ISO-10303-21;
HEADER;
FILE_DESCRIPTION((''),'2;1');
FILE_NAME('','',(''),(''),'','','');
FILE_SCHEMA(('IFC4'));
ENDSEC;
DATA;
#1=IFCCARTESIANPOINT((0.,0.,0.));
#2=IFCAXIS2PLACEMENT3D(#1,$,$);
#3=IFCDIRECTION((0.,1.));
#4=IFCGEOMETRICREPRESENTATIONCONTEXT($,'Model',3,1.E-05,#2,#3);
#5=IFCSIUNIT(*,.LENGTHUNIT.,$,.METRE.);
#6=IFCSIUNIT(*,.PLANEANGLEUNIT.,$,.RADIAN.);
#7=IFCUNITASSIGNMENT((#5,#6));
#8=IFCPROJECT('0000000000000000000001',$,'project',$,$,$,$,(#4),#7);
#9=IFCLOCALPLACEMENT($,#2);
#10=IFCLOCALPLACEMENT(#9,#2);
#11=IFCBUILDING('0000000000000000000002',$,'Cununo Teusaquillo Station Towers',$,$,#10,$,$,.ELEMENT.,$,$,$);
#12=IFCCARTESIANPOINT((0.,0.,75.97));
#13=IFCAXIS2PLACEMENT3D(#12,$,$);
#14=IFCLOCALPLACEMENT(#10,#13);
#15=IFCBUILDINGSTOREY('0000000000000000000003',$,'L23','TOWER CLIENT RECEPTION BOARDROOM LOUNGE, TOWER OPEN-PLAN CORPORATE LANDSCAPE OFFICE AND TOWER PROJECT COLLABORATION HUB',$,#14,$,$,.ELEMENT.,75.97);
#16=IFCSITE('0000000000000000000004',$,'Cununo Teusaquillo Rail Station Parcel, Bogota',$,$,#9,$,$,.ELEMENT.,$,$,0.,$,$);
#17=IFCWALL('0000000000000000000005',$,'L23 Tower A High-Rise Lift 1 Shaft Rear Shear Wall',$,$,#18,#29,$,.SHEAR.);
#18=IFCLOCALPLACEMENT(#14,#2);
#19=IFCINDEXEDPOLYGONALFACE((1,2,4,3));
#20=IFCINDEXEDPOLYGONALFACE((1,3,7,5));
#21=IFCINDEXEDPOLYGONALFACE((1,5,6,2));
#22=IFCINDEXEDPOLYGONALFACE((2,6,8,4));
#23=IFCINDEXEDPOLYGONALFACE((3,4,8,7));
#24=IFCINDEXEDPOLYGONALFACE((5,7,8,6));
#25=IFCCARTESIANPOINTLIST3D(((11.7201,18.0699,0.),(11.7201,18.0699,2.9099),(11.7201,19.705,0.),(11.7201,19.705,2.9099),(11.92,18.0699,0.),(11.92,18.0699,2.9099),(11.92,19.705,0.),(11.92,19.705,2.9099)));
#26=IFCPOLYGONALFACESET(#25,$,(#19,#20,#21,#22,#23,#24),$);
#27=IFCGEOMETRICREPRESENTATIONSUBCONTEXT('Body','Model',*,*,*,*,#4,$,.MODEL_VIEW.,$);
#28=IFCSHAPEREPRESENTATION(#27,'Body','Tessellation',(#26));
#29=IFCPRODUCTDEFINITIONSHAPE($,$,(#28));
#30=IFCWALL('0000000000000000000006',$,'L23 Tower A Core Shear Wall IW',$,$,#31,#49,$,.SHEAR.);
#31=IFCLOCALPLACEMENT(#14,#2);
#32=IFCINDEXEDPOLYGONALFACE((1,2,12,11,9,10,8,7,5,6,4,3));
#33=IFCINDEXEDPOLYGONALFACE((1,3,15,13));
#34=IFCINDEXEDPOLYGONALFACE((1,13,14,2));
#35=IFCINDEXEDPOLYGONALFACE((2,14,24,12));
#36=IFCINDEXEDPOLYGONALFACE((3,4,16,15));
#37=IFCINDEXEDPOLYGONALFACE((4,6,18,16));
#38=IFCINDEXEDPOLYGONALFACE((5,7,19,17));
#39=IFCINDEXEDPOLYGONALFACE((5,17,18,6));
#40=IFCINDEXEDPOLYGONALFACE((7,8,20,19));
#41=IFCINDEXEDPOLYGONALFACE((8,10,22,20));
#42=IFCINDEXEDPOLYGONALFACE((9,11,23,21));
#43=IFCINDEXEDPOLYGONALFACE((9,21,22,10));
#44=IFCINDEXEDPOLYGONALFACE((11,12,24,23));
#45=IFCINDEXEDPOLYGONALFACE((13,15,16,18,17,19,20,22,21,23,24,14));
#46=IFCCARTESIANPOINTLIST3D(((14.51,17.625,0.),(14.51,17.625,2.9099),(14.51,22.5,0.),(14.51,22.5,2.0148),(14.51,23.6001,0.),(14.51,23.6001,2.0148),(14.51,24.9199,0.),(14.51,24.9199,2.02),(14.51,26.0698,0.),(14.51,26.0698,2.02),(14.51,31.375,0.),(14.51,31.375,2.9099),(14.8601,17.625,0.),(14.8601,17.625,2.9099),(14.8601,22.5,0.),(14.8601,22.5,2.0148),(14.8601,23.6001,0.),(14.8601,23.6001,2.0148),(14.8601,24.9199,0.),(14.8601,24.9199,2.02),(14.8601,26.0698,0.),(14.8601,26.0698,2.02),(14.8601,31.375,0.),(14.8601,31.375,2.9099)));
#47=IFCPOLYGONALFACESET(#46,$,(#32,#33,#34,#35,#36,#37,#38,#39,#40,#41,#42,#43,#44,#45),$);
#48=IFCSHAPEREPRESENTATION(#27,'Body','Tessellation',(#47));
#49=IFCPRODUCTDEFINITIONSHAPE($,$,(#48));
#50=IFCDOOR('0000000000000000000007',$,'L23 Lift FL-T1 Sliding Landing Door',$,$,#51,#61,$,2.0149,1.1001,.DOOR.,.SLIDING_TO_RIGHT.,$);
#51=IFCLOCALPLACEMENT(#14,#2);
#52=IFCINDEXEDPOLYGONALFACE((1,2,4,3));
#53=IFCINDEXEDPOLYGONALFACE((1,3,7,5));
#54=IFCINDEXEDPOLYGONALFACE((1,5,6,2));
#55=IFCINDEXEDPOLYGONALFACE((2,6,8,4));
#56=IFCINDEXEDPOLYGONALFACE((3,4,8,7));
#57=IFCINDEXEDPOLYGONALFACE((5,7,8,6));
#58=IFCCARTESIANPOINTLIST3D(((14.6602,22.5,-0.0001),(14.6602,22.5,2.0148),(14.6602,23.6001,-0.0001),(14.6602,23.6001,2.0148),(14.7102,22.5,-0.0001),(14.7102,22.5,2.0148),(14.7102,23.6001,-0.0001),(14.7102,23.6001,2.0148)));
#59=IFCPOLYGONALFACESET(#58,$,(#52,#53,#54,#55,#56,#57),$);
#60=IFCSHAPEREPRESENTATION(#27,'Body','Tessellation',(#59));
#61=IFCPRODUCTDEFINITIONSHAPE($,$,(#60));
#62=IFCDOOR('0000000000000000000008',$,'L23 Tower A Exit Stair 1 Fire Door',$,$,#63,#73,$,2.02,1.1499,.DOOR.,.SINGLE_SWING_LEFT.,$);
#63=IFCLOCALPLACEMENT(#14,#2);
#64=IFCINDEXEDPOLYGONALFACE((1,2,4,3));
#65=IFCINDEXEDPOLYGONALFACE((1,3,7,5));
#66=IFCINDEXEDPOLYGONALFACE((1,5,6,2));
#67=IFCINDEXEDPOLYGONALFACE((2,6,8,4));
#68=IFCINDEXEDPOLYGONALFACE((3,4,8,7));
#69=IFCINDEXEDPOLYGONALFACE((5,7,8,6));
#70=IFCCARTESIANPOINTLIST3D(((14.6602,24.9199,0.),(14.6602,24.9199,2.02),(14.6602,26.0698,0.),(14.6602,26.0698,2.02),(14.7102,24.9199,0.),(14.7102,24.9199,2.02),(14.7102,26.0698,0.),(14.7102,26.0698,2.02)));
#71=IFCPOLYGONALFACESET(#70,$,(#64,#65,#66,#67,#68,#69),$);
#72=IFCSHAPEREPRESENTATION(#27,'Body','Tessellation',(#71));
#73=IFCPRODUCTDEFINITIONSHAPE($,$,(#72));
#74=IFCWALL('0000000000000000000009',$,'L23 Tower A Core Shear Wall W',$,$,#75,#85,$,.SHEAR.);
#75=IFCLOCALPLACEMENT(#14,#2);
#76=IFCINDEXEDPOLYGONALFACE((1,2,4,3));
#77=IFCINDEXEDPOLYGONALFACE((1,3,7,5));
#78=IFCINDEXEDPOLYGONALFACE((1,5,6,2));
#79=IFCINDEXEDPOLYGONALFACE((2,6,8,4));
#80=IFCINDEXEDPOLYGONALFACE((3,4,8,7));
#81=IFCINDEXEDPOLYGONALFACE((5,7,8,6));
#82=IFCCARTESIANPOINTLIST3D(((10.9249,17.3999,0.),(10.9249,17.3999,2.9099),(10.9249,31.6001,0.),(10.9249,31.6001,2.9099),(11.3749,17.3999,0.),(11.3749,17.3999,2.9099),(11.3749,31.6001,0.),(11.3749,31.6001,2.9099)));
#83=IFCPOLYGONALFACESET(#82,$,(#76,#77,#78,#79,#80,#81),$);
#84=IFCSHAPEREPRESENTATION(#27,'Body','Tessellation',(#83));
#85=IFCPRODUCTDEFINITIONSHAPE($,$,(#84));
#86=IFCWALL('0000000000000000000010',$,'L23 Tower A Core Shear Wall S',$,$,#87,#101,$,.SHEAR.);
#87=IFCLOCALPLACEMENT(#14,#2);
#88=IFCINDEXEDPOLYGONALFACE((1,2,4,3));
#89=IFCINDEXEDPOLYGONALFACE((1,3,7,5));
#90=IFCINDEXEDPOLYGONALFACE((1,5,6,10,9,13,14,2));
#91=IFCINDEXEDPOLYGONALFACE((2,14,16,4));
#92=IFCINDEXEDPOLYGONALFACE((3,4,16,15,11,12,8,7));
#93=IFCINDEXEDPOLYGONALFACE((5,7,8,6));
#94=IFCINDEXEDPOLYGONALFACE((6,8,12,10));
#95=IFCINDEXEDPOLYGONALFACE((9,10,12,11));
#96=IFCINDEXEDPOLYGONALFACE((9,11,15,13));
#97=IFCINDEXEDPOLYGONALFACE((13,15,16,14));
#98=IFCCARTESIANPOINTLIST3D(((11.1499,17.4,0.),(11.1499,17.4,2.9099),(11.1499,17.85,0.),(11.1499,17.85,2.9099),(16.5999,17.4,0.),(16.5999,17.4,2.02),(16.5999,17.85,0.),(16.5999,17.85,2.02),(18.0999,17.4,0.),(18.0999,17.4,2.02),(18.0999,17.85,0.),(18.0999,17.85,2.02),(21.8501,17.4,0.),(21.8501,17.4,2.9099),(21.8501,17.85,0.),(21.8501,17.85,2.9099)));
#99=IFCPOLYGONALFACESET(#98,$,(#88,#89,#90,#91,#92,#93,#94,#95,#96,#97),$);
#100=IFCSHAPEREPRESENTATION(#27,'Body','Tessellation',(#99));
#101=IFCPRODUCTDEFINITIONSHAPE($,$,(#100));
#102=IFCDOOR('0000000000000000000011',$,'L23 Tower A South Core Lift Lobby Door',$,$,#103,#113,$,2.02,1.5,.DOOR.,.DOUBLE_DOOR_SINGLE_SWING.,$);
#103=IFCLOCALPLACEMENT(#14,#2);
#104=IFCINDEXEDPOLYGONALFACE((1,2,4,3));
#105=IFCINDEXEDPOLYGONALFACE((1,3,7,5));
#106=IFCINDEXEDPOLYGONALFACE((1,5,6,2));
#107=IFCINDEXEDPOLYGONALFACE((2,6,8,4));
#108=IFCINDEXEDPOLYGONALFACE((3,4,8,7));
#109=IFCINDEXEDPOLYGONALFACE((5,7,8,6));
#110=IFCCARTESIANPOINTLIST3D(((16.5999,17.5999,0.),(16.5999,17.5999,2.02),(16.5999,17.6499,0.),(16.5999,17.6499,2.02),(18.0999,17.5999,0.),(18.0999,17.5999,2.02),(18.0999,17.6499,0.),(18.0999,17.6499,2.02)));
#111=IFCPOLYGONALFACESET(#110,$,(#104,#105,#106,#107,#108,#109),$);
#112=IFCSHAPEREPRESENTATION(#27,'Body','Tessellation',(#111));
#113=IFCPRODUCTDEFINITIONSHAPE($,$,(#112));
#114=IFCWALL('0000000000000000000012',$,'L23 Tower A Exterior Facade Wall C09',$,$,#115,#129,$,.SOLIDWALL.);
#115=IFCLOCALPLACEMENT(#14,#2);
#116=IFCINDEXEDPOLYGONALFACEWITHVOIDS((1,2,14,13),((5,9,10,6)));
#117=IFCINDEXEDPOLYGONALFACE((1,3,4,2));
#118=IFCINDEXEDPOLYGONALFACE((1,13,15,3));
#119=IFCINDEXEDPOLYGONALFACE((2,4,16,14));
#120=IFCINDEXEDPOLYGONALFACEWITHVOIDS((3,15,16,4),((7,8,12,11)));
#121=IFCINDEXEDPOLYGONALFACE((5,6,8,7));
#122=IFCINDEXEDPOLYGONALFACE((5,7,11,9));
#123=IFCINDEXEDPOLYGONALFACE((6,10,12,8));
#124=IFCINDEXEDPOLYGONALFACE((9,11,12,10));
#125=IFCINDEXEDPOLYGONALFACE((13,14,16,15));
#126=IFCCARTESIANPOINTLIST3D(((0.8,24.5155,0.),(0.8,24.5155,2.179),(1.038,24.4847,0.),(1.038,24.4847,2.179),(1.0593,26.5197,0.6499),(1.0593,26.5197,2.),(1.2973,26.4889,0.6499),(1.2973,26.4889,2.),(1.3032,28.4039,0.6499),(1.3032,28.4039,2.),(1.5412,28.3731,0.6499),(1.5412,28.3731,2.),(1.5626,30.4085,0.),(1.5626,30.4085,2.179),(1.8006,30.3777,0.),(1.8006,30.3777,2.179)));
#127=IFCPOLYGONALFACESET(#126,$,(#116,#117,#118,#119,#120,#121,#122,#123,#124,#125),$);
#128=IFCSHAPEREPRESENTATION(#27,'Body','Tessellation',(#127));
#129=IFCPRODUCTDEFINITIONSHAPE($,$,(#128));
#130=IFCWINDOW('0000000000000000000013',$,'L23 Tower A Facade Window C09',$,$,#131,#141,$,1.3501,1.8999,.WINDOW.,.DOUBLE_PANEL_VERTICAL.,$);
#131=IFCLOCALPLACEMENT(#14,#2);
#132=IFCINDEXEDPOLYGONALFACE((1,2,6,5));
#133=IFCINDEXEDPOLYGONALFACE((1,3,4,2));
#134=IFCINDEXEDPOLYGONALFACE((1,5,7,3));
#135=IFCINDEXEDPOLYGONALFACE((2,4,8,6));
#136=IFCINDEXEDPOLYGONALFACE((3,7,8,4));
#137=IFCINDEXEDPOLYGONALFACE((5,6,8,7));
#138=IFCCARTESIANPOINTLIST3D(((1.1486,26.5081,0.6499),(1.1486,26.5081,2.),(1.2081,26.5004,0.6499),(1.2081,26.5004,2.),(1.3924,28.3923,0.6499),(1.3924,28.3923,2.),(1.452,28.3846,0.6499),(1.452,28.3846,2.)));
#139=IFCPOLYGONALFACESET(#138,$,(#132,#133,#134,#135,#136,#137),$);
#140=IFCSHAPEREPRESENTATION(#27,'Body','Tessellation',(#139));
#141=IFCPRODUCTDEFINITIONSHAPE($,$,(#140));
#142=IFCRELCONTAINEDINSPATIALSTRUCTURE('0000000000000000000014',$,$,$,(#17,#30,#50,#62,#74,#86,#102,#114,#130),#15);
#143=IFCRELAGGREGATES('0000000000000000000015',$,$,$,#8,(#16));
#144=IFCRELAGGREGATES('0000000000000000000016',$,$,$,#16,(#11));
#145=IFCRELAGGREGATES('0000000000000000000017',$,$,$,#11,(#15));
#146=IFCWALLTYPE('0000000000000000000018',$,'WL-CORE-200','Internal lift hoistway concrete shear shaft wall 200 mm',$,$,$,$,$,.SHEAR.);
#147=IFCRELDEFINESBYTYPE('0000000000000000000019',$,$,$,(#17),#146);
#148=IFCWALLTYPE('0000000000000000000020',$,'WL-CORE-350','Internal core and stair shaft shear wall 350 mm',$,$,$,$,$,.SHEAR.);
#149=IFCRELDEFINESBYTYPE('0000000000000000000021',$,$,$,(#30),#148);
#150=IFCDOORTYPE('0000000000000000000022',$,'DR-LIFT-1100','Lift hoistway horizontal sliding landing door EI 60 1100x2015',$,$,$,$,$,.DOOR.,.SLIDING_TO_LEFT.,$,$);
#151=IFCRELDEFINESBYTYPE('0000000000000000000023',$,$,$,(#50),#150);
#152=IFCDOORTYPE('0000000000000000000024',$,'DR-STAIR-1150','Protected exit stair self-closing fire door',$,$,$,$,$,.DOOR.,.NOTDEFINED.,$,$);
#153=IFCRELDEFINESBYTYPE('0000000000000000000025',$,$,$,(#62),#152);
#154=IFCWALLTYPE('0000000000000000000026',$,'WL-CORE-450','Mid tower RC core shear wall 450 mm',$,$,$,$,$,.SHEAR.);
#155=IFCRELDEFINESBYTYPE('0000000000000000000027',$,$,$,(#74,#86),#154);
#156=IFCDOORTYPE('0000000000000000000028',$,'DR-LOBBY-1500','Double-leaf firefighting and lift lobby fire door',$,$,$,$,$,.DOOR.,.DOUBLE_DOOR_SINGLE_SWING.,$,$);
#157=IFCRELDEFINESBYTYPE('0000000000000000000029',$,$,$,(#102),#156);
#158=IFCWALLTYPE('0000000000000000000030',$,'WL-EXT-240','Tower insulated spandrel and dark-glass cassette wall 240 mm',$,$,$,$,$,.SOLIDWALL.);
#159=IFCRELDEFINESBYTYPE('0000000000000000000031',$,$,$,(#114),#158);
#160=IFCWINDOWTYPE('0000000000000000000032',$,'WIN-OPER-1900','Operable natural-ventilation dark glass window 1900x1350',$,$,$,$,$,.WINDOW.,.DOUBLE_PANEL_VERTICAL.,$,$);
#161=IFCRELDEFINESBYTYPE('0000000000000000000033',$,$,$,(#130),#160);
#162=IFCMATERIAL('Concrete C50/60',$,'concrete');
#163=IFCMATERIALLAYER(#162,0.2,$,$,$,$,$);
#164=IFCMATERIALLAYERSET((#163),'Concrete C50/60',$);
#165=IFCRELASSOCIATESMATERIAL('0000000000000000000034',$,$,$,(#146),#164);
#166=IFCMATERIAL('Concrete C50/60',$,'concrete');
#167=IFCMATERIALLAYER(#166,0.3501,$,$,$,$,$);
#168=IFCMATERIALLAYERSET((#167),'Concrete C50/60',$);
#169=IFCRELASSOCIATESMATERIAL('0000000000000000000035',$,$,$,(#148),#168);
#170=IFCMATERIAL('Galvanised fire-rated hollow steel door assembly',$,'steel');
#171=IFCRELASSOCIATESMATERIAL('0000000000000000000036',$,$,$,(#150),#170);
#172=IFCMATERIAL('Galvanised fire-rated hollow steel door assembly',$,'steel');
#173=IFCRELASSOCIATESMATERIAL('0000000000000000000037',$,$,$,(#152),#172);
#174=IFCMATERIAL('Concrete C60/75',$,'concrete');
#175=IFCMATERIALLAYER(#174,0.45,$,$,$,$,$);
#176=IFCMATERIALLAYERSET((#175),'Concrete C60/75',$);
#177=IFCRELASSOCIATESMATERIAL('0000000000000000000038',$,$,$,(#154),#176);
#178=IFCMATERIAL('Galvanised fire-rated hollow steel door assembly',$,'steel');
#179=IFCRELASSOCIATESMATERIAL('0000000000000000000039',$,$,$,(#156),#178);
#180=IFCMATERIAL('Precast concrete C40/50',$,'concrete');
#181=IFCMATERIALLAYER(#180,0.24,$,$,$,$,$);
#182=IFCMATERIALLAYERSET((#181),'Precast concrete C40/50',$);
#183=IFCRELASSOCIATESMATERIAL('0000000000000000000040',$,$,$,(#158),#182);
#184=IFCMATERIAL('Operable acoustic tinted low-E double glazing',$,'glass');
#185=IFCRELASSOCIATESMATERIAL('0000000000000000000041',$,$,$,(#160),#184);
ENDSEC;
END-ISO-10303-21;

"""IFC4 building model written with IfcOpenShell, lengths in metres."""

from ifc_helpers import new_model, si_unit, direction, frame, frame_2d, origin, place, context, subcontext, project, spatial, rectangle, extrude, source, transform, mapped, material, layer, layer_set, type_object, element, fill, save


model = new_model("IFC4")

# Units and contexts
model_context = context("Model", 3, precision=1e-05, world=origin(), true_north=direction((0.0, 1.0)))
body_context = subcontext(model_context, "Body", "Model", "MODEL_VIEW")
ifc_project = project(units=[si_unit("LENGTHUNIT", "METRE"), si_unit("PLANEANGLEUNIT", "RADIAN")], contexts=[model_context])

# Site, building, storey
site_placement = place(None, origin())
site = spatial("IfcSite", under=ifc_project, at=site_placement, Name="Cununo Teusaquillo Rail Station Parcel, Bogota", CompositionType="ELEMENT", RefElevation=0.0)
building_placement = place(site_placement, origin())
building = spatial("IfcBuilding", under=site, at=building_placement, Name="Cununo Teusaquillo Station Towers", CompositionType="ELEMENT")
storey_placement = place(building_placement, frame((0.0, 0.0, 75.97)))
storey = spatial("IfcBuildingStorey", under=building, at=storey_placement, Name="L23", Description="TOWER CLIENT RECEPTION BOARDROOM LOUNGE, TOWER OPEN-PLAN CORPORATE LANDSCAPE OFFICE AND TOWER PROJECT COLLABORATION HUB", CompositionType="ELEMENT", Elevation=75.97)

# Wall
ifc_material_1 = material(Name="Concrete C50/60", Category="concrete")
ifc_layer_1 = layer(ifc_material_1, 0.2)
ifc_layer_set_1 = layer_set([ifc_layer_1], Name="Concrete C50/60")
wall_type_1 = type_object("IfcWallType", Name="WL-CORE-200", Description="Internal lift hoistway concrete shear shaft wall 200 mm", PredefinedType="SHEAR", material=ifc_layer_set_1)
wall_1_placement = place(storey_placement, frame((11.8201, 18.0701, 0.0), z_axis=(0.0, 0.0, 1.0), x_axis=(0.0, 1.0, 0.0)))
element("IfcWall", 1, at=wall_1_placement, inside=storey, type_object=wall_type_1, Name="L23 Tower A High-Rise Lift 1 Shaft Rear Shear Wall", PredefinedType="SHEAR", context=body_context, shape_type="SweptSolid", body=[
    extrude(rectangle(XDim=1.635, YDim=0.2, at=frame_2d((0.8174, 0.0))), origin(), (0.0, 0.0, 1.0), 2.9099),
])

# Wall, openings, doors
ifc_material_2 = material(Name="Concrete C50/60", Category="concrete")
ifc_layer_2 = layer(ifc_material_2, 0.3501)
ifc_layer_set_2 = layer_set([ifc_layer_2], Name="Concrete C50/60")
wall_type_2 = type_object("IfcWallType", Name="WL-CORE-350", Description="Internal core and stair shaft shear wall 350 mm", PredefinedType="SHEAR", material=ifc_layer_set_2)
wall_2_placement = place(storey_placement, frame((14.6851, 17.625, 0.0), z_axis=(0.0, 0.0, 1.0), x_axis=(0.0, 1.0, 0.0)))
wall_2 = element("IfcWall", 2, at=wall_2_placement, inside=storey, type_object=wall_type_2, Name="L23 Tower A Core Shear Wall IW", PredefinedType="SHEAR", context=body_context, shape_type="SweptSolid", body=[
    extrude(rectangle(XDim=13.75, YDim=0.3501, at=frame_2d((6.875, 0.0))), origin(), (0.0, 0.0, 1.0), 2.9099),
])
shared_shape_1 = source(origin(), body_context, "Body", "SweptSolid", [
    extrude(rectangle(XDim=1.1001, YDim=2.0149, at=frame_2d((0.55, 1.0073))), frame((0.0, 0.1851, 0.0), z_axis=(0.0, -1.0, 0.0), x_axis=(1.0, 0.0, 0.0)), (0.0, 0.0, 1.0), 0.3701),
])
opening_1_placement = place(wall_2_placement, frame((4.875, 0.0, 0.0)))
opening_1 = element("IfcOpeningElement", 3, at=opening_1_placement, cuts=wall_2, PredefinedType="OPENING", context=body_context, shape_type="MappedRepresentation", body=[
    mapped(shared_shape_1, transform((0.0, 0.0, 0.0), x_axis=(1.0, 0.0, 0.0), y_axis=(0.0, 1.0, 0.0), z_axis=(0.0, 0.0, 1.0), scale=1.0)),
])
shared_shape_2 = source(origin(), body_context, "Body", "SweptSolid", [
    extrude(rectangle(XDim=1.1499, YDim=2.02, at=frame_2d((0.575, 1.01))), frame((0.0, 0.1851, 0.0), z_axis=(0.0, -1.0, 0.0), x_axis=(1.0, 0.0, 0.0)), (0.0, 0.0, 1.0), 0.3701),
])
opening_2_placement = place(wall_2_placement, frame((7.2949, 0.0, 0.0)))
opening_2 = element("IfcOpeningElement", 4, at=opening_2_placement, cuts=wall_2, PredefinedType="OPENING", context=body_context, shape_type="MappedRepresentation", body=[
    mapped(shared_shape_2, transform((0.0, 0.0, 0.0), x_axis=(1.0, 0.0, 0.0), y_axis=(0.0, 1.0, 0.0), z_axis=(0.0, 0.0, 1.0), scale=1.0)),
])
ifc_material_3 = material(Name="Galvanised fire-rated hollow steel door assembly", Category="steel")
door_type_1 = type_object("IfcDoorType", Name="DR-LIFT-1100", Description="Lift hoistway horizontal sliding landing door EI 60 1100x2015", OperationType="SLIDING_TO_LEFT", PredefinedType="DOOR", material=ifc_material_3)
shared_shape_3 = source(origin(), body_context, "Body", "SweptSolid", [
    extrude(rectangle(XDim=1.1001, YDim=2.0149, at=frame_2d((0.55, 1.0073))), frame((0.0, 0.0249, 0.0), z_axis=(0.0, -1.0, 0.0), x_axis=(1.0, 0.0, 0.0)), (0.0, 0.0, 1.0), 0.05),
])
door_1_placement = place(opening_1_placement, origin())
door_1 = element("IfcDoor", 5, at=door_1_placement, inside=storey, type_object=door_type_1, Name="L23 Lift FL-T1 Sliding Landing Door", OperationType="SLIDING_TO_RIGHT", OverallHeight=2.0149, OverallWidth=1.1001, PredefinedType="DOOR", context=body_context, shape_type="MappedRepresentation", body=[
    mapped(shared_shape_3, transform((0.0, 0.0, 0.0), x_axis=(1.0, 0.0, 0.0), y_axis=(0.0, 1.0, 0.0), z_axis=(0.0, 0.0, 1.0), scale=1.0)),
])
fill(opening_1, door_1)
ifc_material_4 = material(Name="Galvanised fire-rated hollow steel door assembly", Category="steel")
door_type_2 = type_object("IfcDoorType", Name="DR-STAIR-1150", Description="Protected exit stair self-closing fire door", OperationType="NOTDEFINED", PredefinedType="DOOR", material=ifc_material_4)
shared_shape_4 = source(origin(), body_context, "Body", "SweptSolid", [
    extrude(rectangle(XDim=1.1499, YDim=2.02, at=frame_2d((0.575, 1.01))), frame((0.0, 0.0249, 0.0), z_axis=(0.0, -1.0, 0.0), x_axis=(1.0, 0.0, 0.0)), (0.0, 0.0, 1.0), 0.05),
])
door_2_placement = place(opening_2_placement, origin())
door_2 = element("IfcDoor", 6, at=door_2_placement, inside=storey, type_object=door_type_2, Name="L23 Tower A Exit Stair 1 Fire Door", OperationType="SINGLE_SWING_LEFT", OverallHeight=2.02, OverallWidth=1.1499, PredefinedType="DOOR", context=body_context, shape_type="MappedRepresentation", body=[
    mapped(shared_shape_4, transform((0.0, 0.0, 0.0), x_axis=(1.0, 0.0, 0.0), y_axis=(0.0, 1.0, 0.0), z_axis=(0.0, 0.0, 1.0), scale=1.0)),
])
fill(opening_2, door_2)

# Wall
ifc_material_5 = material(Name="Concrete C60/75", Category="concrete")
ifc_layer_3 = layer(ifc_material_5, 0.45)
ifc_layer_set_3 = layer_set([ifc_layer_3], Name="Concrete C60/75")
wall_type_3 = type_object("IfcWallType", Name="WL-CORE-450", Description="Mid tower RC core shear wall 450 mm", PredefinedType="SHEAR", material=ifc_layer_set_3)
wall_3_placement = place(storey_placement, frame((11.1499, 17.3999, 0.0), z_axis=(0.0, 0.0, 1.0), x_axis=(0.0, 1.0, 0.0)))
element("IfcWall", 7, at=wall_3_placement, inside=storey, type_object=wall_type_3, Name="L23 Tower A Core Shear Wall W", PredefinedType="SHEAR", context=body_context, shape_type="SweptSolid", body=[
    extrude(rectangle(XDim=14.2002, YDim=0.45, at=frame_2d((7.1001, 0.0))), origin(), (0.0, 0.0, 1.0), 2.9099),
])

# Wall, opening, door
wall_4_placement = place(storey_placement, frame((11.1499, 17.625, 0.0), z_axis=(0.0, 0.0, 1.0), x_axis=(1.0, 0.0, 0.0)))
wall_4 = element("IfcWall", 8, at=wall_4_placement, inside=storey, type_object=wall_type_3, Name="L23 Tower A Core Shear Wall S", PredefinedType="SHEAR", context=body_context, shape_type="SweptSolid", body=[
    extrude(rectangle(XDim=10.7002, YDim=0.45, at=frame_2d((5.3501, 0.0))), origin(), (0.0, 0.0, 1.0), 2.9099),
])
shared_shape_5 = source(origin(), body_context, "Body", "SweptSolid", [
    extrude(rectangle(XDim=1.5, YDim=2.02, at=frame_2d((0.75, 1.01))), frame((0.0, 0.2349, 0.0), z_axis=(0.0, -1.0, 0.0), x_axis=(1.0, 0.0, 0.0)), (0.0, 0.0, 1.0), 0.47),
])
opening_3_placement = place(wall_4_placement, frame((5.45, 0.0, 0.0)))
opening_3 = element("IfcOpeningElement", 9, at=opening_3_placement, cuts=wall_4, PredefinedType="OPENING", context=body_context, shape_type="MappedRepresentation", body=[
    mapped(shared_shape_5, transform((0.0, 0.0, 0.0), x_axis=(1.0, 0.0, 0.0), y_axis=(0.0, 1.0, 0.0), z_axis=(0.0, 0.0, 1.0), scale=1.0)),
])
ifc_material_6 = material(Name="Galvanised fire-rated hollow steel door assembly", Category="steel")
door_type_3 = type_object("IfcDoorType", Name="DR-LOBBY-1500", Description="Double-leaf firefighting and lift lobby fire door", OperationType="DOUBLE_DOOR_SINGLE_SWING", PredefinedType="DOOR", material=ifc_material_6)
shared_shape_6 = source(origin(), body_context, "Body", "SweptSolid", [
    extrude(rectangle(XDim=1.5, YDim=2.02, at=frame_2d((0.75, 1.01))), frame((0.0, 0.0249, 0.0), z_axis=(0.0, -1.0, 0.0), x_axis=(1.0, 0.0, 0.0)), (0.0, 0.0, 1.0), 0.05),
])
door_3_placement = place(opening_3_placement, origin())
door_3 = element("IfcDoor", 10, at=door_3_placement, inside=storey, type_object=door_type_3, Name="L23 Tower A South Core Lift Lobby Door", OperationType="DOUBLE_DOOR_SINGLE_SWING", OverallHeight=2.02, OverallWidth=1.5, PredefinedType="DOOR", context=body_context, shape_type="MappedRepresentation", body=[
    mapped(shared_shape_6, transform((0.0, 0.0, 0.0), x_axis=(1.0, 0.0, 0.0), y_axis=(0.0, 1.0, 0.0), z_axis=(0.0, 0.0, 1.0), scale=1.0)),
])
fill(opening_3, door_3)

# Wall, opening, window
ifc_material_7 = material(Name="Precast concrete C40/50", Category="concrete")
ifc_layer_4 = layer(ifc_material_7, 0.24)
ifc_layer_set_4 = layer_set([ifc_layer_4], Name="Precast concrete C40/50")
wall_type_4 = type_object("IfcWallType", Name="WL-EXT-240", Description="Tower insulated spandrel and dark-glass cassette wall 240 mm", PredefinedType="SOLIDWALL", material=ifc_layer_set_4)
wall_5_placement = place(storey_placement, frame((0.9189, 24.5, 0.0), z_axis=(0.0, 0.0, 1.0), x_axis=(0.128352, 0.991729, 0.0)))
wall_5 = element("IfcWall", 11, at=wall_5_placement, inside=storey, type_object=wall_type_4, Name="L23 Tower A Exterior Facade Wall C09", PredefinedType="SOLIDWALL", context=body_context, shape_type="SweptSolid", body=[
    extrude(rectangle(XDim=5.9421, YDim=0.24, at=frame_2d((2.9712, 0.0))), origin(), (0.0, 0.0, 1.0), 2.179),
])
shared_shape_7 = source(origin(), body_context, "Body", "SweptSolid", [
    extrude(rectangle(XDim=1.8999, YDim=1.3501, at=frame_2d((0.95, 0.675))), frame((0.0, 0.1299, 0.0), z_axis=(0.0, -1.0, 0.0), x_axis=(1.0, 0.0, 0.0)), (0.0, 0.0, 1.0), 0.26),
])
opening_4_placement = place(wall_5_placement, frame((2.021, 0.0, 0.6499)))
opening_4 = element("IfcOpeningElement", 12, at=opening_4_placement, cuts=wall_5, PredefinedType="OPENING", context=body_context, shape_type="MappedRepresentation", body=[
    mapped(shared_shape_7, transform((0.0, 0.0, 0.0), x_axis=(1.0, 0.0, 0.0), y_axis=(0.0, 1.0, 0.0), z_axis=(0.0, 0.0, 1.0), scale=1.0)),
])
ifc_material_8 = material(Name="Operable acoustic tinted low-E double glazing", Category="glass")
window_type = type_object("IfcWindowType", Name="WIN-OPER-1900", Description="Operable natural-ventilation dark glass window 1900x1350", PartitioningType="DOUBLE_PANEL_VERTICAL", PredefinedType="WINDOW", material=ifc_material_8)
shared_shape_8 = source(origin(), body_context, "Body", "SweptSolid", [
    extrude(rectangle(XDim=1.8999, YDim=1.3501, at=frame_2d((0.95, 0.675))), frame((0.0, 0.03, 0.0), z_axis=(0.0, -1.0, 0.0), x_axis=(1.0, 0.0, 0.0)), (0.0, 0.0, 1.0), 0.0601),
])
window_placement = place(opening_4_placement, origin())
window = element("IfcWindow", 13, at=window_placement, inside=storey, type_object=window_type, Name="L23 Tower A Facade Window C09", OverallHeight=1.3501, OverallWidth=1.8999, PartitioningType="DOUBLE_PANEL_VERTICAL", PredefinedType="WINDOW", context=body_context, shape_type="MappedRepresentation", body=[
    mapped(shared_shape_8, transform((0.0, 0.0, 0.0), x_axis=(1.0, 0.0, 0.0), y_axis=(0.0, 1.0, 0.0), z_axis=(0.0, 0.0, 1.0), scale=1.0)),
])
fill(opening_4, window)

save(model, "model.ifc")
